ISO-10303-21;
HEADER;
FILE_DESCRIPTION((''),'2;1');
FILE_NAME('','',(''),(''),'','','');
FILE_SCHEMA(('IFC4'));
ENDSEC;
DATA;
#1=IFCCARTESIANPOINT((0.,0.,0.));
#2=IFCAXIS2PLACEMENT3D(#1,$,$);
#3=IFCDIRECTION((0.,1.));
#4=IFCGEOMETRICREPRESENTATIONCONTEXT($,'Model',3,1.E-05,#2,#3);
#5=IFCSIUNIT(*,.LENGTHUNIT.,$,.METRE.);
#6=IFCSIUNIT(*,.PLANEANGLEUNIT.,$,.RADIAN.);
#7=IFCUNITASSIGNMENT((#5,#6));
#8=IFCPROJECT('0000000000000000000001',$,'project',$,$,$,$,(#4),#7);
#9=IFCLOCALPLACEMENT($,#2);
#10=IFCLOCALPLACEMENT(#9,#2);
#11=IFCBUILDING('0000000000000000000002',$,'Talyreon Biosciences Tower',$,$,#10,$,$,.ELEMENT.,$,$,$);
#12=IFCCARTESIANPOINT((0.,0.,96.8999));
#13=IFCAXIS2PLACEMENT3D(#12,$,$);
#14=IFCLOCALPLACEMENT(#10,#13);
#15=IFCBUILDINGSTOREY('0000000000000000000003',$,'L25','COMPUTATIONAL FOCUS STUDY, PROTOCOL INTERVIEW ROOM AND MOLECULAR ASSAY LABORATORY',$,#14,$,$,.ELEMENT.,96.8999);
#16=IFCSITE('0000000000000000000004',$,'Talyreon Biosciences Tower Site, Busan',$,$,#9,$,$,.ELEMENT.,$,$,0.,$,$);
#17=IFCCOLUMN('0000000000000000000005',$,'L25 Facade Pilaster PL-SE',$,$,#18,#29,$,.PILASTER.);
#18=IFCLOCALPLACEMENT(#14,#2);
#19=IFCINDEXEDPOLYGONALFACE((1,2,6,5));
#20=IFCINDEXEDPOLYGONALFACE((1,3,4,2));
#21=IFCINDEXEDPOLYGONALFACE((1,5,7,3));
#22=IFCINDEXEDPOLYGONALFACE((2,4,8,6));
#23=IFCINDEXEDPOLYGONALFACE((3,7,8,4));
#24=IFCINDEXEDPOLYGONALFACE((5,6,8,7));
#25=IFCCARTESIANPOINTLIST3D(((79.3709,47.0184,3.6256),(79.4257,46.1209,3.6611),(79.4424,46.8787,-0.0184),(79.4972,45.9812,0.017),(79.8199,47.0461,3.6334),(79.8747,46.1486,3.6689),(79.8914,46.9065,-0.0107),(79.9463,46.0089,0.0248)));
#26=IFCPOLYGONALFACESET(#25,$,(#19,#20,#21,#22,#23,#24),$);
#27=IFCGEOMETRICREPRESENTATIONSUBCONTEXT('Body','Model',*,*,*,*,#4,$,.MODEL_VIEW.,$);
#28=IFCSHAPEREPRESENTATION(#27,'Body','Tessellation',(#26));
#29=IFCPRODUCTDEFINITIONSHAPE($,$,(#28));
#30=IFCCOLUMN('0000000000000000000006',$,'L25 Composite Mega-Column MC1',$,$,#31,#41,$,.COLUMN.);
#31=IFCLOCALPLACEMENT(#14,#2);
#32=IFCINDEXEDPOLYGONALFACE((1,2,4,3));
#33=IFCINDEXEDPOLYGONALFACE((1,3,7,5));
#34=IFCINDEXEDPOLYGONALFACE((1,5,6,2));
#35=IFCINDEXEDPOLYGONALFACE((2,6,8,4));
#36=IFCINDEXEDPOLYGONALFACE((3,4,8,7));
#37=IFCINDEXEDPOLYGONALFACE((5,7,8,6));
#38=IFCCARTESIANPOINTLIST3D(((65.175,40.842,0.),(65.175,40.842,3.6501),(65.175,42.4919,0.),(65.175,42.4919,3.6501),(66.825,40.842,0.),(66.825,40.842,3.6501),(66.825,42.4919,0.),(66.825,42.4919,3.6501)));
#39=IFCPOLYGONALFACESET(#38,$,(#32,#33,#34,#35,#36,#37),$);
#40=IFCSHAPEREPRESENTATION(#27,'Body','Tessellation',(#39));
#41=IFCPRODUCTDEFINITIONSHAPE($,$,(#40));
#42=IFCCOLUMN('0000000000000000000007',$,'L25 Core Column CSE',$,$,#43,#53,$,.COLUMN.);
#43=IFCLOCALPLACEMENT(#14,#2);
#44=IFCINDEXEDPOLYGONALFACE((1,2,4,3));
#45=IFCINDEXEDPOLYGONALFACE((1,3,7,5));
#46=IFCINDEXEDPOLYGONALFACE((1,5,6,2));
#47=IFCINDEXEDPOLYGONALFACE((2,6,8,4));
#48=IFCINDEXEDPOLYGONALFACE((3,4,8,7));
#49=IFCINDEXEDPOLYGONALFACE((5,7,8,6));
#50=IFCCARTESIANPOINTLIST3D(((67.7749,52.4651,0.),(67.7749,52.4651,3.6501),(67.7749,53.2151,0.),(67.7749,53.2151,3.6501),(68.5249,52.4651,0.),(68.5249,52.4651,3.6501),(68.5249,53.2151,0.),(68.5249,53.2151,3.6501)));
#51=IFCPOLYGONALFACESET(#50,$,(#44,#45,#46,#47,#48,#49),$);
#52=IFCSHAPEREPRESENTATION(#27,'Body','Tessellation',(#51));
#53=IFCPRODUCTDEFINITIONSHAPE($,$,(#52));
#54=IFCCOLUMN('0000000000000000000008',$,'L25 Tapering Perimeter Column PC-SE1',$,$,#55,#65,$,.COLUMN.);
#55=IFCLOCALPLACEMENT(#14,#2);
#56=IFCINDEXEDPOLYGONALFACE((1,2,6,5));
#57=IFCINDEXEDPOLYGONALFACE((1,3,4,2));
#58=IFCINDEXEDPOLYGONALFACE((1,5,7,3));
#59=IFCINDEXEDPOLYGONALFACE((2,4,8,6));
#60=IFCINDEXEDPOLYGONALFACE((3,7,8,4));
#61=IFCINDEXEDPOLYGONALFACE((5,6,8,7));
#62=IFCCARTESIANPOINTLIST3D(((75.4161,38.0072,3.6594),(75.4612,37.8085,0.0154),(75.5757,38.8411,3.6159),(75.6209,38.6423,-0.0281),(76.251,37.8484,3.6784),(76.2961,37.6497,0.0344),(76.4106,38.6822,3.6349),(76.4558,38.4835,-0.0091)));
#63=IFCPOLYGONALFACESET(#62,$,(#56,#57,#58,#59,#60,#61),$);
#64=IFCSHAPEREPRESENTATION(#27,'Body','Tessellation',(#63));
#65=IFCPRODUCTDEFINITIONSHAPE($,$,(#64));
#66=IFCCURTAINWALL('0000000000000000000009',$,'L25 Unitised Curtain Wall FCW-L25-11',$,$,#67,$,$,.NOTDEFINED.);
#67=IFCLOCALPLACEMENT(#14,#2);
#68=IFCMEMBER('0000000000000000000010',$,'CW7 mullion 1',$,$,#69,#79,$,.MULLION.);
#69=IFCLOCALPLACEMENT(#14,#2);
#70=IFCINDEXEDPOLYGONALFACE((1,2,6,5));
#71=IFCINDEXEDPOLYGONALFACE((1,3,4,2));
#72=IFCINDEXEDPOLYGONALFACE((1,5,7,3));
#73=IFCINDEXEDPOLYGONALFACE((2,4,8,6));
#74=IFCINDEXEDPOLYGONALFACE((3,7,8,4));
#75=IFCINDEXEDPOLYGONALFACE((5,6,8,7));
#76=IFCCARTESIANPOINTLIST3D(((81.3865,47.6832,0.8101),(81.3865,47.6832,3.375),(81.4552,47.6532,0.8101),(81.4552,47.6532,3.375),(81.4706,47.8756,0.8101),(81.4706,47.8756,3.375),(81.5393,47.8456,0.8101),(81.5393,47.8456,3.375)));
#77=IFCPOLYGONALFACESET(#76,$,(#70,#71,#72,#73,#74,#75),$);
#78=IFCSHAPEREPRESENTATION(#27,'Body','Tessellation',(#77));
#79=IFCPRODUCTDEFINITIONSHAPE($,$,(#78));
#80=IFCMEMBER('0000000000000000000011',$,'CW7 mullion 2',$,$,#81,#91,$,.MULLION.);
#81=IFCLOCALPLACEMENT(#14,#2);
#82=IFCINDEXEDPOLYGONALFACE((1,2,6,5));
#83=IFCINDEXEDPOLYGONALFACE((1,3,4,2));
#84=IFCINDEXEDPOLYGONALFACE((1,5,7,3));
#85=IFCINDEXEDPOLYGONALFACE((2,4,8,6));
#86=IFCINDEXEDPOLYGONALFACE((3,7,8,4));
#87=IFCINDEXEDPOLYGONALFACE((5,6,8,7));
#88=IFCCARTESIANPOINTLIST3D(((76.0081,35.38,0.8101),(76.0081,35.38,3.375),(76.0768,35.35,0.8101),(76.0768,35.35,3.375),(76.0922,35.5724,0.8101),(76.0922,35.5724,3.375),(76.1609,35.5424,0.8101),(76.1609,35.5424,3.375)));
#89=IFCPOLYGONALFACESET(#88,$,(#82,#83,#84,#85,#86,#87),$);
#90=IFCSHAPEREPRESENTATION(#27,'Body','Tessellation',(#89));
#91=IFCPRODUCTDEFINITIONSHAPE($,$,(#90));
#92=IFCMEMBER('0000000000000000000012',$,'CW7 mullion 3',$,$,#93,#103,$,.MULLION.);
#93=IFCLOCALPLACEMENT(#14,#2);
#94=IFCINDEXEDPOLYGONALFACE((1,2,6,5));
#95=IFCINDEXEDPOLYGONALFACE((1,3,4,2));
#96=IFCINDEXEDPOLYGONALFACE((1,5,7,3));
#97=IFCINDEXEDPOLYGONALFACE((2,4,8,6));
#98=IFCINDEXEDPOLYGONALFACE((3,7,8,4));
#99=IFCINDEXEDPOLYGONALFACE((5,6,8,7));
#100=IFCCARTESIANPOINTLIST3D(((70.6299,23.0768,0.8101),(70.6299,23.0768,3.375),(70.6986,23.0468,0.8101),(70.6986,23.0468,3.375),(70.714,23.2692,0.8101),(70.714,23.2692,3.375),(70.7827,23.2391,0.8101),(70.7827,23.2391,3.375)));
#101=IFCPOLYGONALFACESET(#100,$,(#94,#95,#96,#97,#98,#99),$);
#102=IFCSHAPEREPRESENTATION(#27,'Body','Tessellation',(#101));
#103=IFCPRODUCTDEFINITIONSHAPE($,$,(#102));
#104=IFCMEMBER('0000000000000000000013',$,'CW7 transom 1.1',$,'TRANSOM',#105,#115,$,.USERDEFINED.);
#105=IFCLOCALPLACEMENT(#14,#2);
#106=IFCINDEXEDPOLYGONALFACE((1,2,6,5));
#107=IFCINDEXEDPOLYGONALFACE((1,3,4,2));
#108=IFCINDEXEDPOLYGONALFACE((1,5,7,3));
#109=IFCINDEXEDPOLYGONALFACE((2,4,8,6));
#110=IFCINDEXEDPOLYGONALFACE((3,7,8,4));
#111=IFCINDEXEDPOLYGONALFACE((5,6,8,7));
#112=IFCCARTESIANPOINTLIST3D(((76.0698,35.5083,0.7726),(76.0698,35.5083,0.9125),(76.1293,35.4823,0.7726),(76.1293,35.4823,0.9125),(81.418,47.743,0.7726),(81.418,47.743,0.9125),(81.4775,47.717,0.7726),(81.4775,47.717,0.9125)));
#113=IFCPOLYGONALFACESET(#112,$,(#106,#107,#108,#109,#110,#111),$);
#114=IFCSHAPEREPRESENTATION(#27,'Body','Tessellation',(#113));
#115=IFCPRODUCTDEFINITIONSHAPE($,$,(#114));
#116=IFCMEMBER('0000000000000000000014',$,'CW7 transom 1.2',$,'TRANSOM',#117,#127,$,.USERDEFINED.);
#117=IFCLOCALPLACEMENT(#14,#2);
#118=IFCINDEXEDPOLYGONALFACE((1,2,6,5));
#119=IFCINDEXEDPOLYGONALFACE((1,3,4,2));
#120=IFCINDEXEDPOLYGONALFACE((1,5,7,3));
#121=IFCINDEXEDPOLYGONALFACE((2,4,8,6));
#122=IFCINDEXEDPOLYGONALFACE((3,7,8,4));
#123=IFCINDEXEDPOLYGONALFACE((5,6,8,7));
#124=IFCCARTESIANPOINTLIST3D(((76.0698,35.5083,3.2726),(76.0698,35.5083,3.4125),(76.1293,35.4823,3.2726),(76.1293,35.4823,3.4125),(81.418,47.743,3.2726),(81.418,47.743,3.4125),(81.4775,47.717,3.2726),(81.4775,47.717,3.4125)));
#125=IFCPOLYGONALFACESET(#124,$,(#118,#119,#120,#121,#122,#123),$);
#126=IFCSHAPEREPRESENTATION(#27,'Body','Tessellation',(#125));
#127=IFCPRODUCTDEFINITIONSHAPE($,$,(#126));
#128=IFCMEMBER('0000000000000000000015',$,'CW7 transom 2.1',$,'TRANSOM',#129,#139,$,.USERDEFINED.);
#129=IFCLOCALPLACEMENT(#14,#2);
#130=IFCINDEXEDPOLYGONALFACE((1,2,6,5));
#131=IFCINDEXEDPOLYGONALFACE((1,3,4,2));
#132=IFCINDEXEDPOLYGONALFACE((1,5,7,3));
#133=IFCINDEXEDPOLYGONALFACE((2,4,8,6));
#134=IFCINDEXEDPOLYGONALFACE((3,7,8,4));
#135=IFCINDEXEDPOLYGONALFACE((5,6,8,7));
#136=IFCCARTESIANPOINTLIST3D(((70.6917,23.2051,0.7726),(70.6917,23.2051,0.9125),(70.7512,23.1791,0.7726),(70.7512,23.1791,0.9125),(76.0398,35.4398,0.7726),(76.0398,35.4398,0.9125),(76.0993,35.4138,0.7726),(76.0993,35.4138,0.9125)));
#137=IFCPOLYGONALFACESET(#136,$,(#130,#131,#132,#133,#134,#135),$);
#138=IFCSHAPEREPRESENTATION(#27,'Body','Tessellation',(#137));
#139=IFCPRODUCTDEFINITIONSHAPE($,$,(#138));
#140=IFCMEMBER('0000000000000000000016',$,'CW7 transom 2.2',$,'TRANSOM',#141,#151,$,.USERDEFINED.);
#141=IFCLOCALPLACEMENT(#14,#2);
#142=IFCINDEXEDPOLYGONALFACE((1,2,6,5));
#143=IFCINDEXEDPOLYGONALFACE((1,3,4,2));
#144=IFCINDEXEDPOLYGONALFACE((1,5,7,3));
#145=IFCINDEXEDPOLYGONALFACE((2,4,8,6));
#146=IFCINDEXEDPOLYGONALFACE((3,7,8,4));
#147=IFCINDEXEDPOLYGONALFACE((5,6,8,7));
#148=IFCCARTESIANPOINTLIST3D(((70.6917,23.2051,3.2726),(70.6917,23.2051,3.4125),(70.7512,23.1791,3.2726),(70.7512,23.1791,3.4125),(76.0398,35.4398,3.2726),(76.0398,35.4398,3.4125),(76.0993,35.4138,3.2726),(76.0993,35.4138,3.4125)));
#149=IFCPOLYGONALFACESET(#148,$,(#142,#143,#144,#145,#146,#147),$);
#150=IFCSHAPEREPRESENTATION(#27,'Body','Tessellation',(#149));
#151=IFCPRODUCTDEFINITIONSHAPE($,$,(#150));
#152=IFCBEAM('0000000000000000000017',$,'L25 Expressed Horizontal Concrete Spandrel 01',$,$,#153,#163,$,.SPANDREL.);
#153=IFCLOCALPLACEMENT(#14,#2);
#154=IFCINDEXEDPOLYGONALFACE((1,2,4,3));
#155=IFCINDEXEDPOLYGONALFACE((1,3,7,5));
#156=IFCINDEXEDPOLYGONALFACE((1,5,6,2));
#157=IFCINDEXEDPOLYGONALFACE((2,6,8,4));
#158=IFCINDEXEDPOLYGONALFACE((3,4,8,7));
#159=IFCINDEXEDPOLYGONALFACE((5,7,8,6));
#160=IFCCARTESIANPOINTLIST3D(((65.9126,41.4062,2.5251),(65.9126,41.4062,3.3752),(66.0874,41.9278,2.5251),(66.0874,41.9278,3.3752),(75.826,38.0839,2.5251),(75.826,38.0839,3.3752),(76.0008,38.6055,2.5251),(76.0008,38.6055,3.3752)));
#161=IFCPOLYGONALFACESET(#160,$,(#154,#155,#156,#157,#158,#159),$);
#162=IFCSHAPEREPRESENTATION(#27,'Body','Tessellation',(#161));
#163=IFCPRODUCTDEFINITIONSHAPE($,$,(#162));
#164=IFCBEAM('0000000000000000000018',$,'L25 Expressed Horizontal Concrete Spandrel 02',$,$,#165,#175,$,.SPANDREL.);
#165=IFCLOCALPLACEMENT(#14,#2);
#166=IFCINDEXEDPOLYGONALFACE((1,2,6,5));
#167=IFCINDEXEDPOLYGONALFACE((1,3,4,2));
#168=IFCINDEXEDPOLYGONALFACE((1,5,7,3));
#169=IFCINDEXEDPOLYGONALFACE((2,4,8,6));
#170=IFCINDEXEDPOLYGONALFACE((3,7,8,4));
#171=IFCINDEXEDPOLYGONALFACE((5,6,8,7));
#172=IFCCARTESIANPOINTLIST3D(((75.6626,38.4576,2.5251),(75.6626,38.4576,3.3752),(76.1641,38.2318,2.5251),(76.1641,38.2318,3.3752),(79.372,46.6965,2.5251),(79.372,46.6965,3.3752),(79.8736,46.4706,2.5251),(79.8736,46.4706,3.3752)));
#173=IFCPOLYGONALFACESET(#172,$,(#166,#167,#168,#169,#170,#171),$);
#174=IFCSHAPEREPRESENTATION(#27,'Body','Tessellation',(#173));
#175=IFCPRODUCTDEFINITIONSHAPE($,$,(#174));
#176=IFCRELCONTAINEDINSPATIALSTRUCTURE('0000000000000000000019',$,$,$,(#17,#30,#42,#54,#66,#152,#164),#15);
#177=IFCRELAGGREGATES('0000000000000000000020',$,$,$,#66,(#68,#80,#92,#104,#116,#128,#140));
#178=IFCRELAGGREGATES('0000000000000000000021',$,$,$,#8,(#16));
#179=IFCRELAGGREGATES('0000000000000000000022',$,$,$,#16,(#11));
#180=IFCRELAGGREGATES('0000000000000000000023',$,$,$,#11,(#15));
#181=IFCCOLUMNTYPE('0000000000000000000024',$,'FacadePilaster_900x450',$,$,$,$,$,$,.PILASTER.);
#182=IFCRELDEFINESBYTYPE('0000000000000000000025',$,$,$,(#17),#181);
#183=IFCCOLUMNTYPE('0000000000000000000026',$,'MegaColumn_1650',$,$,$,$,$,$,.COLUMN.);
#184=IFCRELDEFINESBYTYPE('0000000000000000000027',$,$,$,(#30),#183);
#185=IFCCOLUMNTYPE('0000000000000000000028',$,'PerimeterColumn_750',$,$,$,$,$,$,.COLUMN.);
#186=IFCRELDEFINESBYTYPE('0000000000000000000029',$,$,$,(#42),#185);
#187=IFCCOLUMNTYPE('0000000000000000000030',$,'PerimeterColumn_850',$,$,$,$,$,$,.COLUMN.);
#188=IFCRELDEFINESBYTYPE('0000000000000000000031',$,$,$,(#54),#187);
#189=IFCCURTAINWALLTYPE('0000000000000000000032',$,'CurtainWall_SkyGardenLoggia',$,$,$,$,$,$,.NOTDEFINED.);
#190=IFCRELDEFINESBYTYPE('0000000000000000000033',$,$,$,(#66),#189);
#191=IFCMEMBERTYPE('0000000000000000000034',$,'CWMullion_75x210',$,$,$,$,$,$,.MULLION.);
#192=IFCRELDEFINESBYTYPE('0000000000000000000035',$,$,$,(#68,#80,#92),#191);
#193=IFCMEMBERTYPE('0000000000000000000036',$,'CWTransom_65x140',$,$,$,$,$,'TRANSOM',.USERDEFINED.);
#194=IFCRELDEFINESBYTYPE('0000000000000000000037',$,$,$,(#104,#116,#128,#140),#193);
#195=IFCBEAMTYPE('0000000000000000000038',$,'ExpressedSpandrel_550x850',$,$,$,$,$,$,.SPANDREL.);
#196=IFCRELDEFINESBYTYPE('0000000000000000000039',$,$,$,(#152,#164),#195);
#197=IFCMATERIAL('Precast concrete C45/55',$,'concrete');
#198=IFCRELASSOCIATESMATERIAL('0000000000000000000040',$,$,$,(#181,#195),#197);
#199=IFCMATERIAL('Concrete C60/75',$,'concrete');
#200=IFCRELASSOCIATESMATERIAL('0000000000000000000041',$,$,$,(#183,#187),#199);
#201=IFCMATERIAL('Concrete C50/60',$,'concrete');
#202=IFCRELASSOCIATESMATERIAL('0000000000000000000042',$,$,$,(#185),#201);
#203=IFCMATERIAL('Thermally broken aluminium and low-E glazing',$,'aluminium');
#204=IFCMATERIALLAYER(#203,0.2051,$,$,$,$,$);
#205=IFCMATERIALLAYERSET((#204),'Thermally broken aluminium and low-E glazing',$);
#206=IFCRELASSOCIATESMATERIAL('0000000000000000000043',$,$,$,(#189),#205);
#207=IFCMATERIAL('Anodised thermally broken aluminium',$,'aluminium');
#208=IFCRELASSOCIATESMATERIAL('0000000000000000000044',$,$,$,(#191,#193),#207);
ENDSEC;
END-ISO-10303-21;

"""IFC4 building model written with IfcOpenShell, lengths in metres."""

from ifc_helpers import new_model, si_unit, direction, frame, origin, origin_2d, place, context, subcontext, project, spatial, rectangle, extrude, material, layer, layer_set, material_profile, profile_set, type_object, element, aggregate, save


model = new_model("IFC4")

# Units and contexts
model_context = context("Model", 3, precision=1e-05, world=origin(), true_north=direction((0.0, 1.0)))
body_context = subcontext(model_context, "Body", "Model", "MODEL_VIEW")
ifc_project = project(units=[si_unit("LENGTHUNIT", "METRE"), si_unit("PLANEANGLEUNIT", "RADIAN")], contexts=[model_context])

# Site, building, storey
site_placement = place(None, origin())
site = spatial("IfcSite", under=ifc_project, at=site_placement, Name="Talyreon Biosciences Tower Site, Busan", CompositionType="ELEMENT", RefElevation=0.0)
building_placement = place(site_placement, origin())
building = spatial("IfcBuilding", under=site, at=building_placement, Name="Talyreon Biosciences Tower", CompositionType="ELEMENT")
storey_placement = place(building_placement, frame((0.0, 0.0, 96.8999)))
storey = spatial("IfcBuildingStorey", under=building, at=storey_placement, Name="L25", Description="COMPUTATIONAL FOCUS STUDY, PROTOCOL INTERVIEW ROOM AND MOLECULAR ASSAY LABORATORY", CompositionType="ELEMENT", Elevation=96.8999)

# Columns
ifc_material_1 = material(Name="Precast concrete C45/55", Category="concrete")
ifc_material_profile_1 = material_profile(ifc_material_1, rectangle(XDim=0.8999, YDim=0.45, at=origin_2d()), Name="RC 900x450")
ifc_profile_set_1 = profile_set([ifc_material_profile_1], Name="Precast concrete C45/55")
column_type_1 = type_object("IfcColumnType", Name="FacadePilaster_900x450", PredefinedType="PILASTER", material=ifc_profile_set_1)
column_1_placement = place(storey_placement, frame((79.6943, 46.4438, 0.0032), z_axis=(-0.019612, 0.038287, 0.999074), x_axis=(0.06091, -0.997365, 0.039417)))
element("IfcColumn", 1, at=column_1_placement, inside=storey, type_object=column_type_1, Name="L25 Facade Pilaster PL-SE", PredefinedType="PILASTER", context=body_context, shape_type="SweptSolid", body=[
    extrude(rectangle(XDim=0.8999, YDim=0.45, at=origin_2d()), origin(), (0.0, 0.0, 1.0), 3.6475),
])
ifc_material_2 = material(Name="Concrete C60/75", Category="concrete")
ifc_material_profile_2 = material_profile(ifc_material_2, rectangle(XDim=1.6499, YDim=1.6499, at=origin_2d()), Name="RC 1650x1650")
ifc_profile_set_2 = profile_set([ifc_material_profile_2], Name="Concrete C60/75")
column_type_2 = type_object("IfcColumnType", Name="MegaColumn_1650", PredefinedType="COLUMN", material=ifc_profile_set_2)
column_2_placement = place(storey_placement, frame((66.0, 41.667, 0.0), z_axis=(0.0, 0.0, 1.0), x_axis=(1.0, 0.0, 0.0)))
element("IfcColumn", 2, at=column_2_placement, inside=storey, type_object=column_type_2, Name="L25 Composite Mega-Column MC1", PredefinedType="COLUMN", context=body_context, shape_type="SweptSolid", body=[
    extrude(rectangle(XDim=1.6499, YDim=1.6499, at=origin_2d()), origin(), (0.0, 0.0, 1.0), 3.6501),
])
ifc_material_3 = material(Name="Concrete C50/60", Category="concrete")
ifc_material_profile_3 = material_profile(ifc_material_3, rectangle(XDim=0.75, YDim=0.75, at=origin_2d()), Name="RC 750x750")
ifc_profile_set_3 = profile_set([ifc_material_profile_3], Name="Concrete C50/60")
column_type_3 = type_object("IfcColumnType", Name="PerimeterColumn_750", PredefinedType="COLUMN", material=ifc_profile_set_3)
column_3_placement = place(storey_placement, frame((68.1499, 52.8401, 0.0), z_axis=(0.0, 0.0, 1.0), x_axis=(1.0, 0.0, 0.0)))
element("IfcColumn", 3, at=column_3_placement, inside=storey, type_object=column_type_3, Name="L25 Core Column CSE", PredefinedType="COLUMN", context=body_context, shape_type="SweptSolid", body=[
    extrude(rectangle(XDim=0.75, YDim=0.75, at=origin_2d()), origin(), (0.0, 0.0, 1.0), 3.6501),
])
ifc_material_profile_4 = material_profile(ifc_material_2, rectangle(XDim=0.8501, YDim=0.8501, at=origin_2d()), Name="RC 850x850")
ifc_profile_set_4 = profile_set([ifc_material_profile_4], Name="Concrete C60/75")
column_type_4 = type_object("IfcColumnType", Name="PerimeterColumn_850", PredefinedType="COLUMN", material=ifc_profile_set_4)
column_4_placement = place(storey_placement, frame((75.9585, 38.146, 0.0032), z_axis=(-0.012375, 0.054451, 0.99844), x_axis=(-0.187779, -0.980878, 0.051165)))
element("IfcColumn", 4, at=column_4_placement, inside=storey, type_object=column_type_4, Name="L25 Tapering Perimeter Column PC-SE1", PredefinedType="COLUMN", context=body_context, shape_type="SweptSolid", body=[
    extrude(rectangle(XDim=0.8501, YDim=0.8501, at=origin_2d()), origin(), (0.0, 0.0, 1.0), 3.6497),
])

# Curtain wall, members
ifc_material_4 = material(Name="Thermally broken aluminium and low-E glazing", Category="aluminium")
ifc_layer_1 = layer(ifc_material_4, 0.2051)
ifc_layer_set_1 = layer_set([ifc_layer_1], Name="Thermally broken aluminium and low-E glazing")
curtain_wall_type = type_object("IfcCurtainWallType", Name="CurtainWall_SkyGardenLoggia", PredefinedType="NOTDEFINED", material=ifc_layer_set_1)
curtain_wall_placement = place(storey_placement, origin())
curtain_wall = element("IfcCurtainWall", 5, at=curtain_wall_placement, inside=storey, type_object=curtain_wall_type, Name="L25 Unitised Curtain Wall FCW-L25-11", PredefinedType="NOTDEFINED")
ifc_material_5 = material(Name="Anodised thermally broken aluminium", Category="aluminium")
ifc_material_profile_5 = material_profile(ifc_material_5, rectangle(XDim=0.075, YDim=0.21, at=origin_2d()), Name="ALUM MULLION 75x210")
ifc_profile_set_5 = profile_set([ifc_material_profile_5], Name="Anodised thermally broken aluminium")
member_type_1 = type_object("IfcMemberType", Name="CWMullion_75x210", PredefinedType="MULLION", material=ifc_profile_set_5)
member_1_placement = place(storey_placement, frame((81.4629, 47.7644, 0.8101), z_axis=(0.0, 0.0, 1.0), x_axis=(0.916279, -0.400541, 0.0)))
member_1 = element("IfcMember", 6, at=member_1_placement, type_object=member_type_1, Name="CW7 mullion 1", PredefinedType="MULLION", context=body_context, shape_type="SweptSolid", body=[
    extrude(rectangle(XDim=0.075, YDim=0.21, at=origin_2d()), origin(), (0.0, 0.0, 1.0), 2.5649),
])
member_2_placement = place(storey_placement, frame((76.0845, 35.4612, 0.8101), z_axis=(0.0, 0.0, 1.0), x_axis=(0.916279, -0.400541, 0.0)))
member_2 = element("IfcMember", 7, at=member_2_placement, type_object=member_type_1, Name="CW7 mullion 2", PredefinedType="MULLION", context=body_context, shape_type="SweptSolid", body=[
    extrude(rectangle(XDim=0.075, YDim=0.21, at=origin_2d()), origin(), (0.0, 0.0, 1.0), 2.5649),
])
member_3_placement = place(storey_placement, frame((70.7063, 23.158, 0.8101), z_axis=(0.0, 0.0, 1.0), x_axis=(0.916279, -0.400541, 0.0)))
member_3 = element("IfcMember", 8, at=member_3_placement, type_object=member_type_1, Name="CW7 mullion 3", PredefinedType="MULLION", context=body_context, shape_type="SweptSolid", body=[
    extrude(rectangle(XDim=0.075, YDim=0.21, at=origin_2d()), origin(), (0.0, 0.0, 1.0), 2.5649),
])
ifc_material_profile_6 = material_profile(ifc_material_5, rectangle(XDim=0.0649, YDim=0.1399, at=origin_2d()), Name="ALUM TRANSOM 65x140")
ifc_profile_set_6 = profile_set([ifc_material_profile_6], Name="Anodised thermally broken aluminium")
member_type_2 = type_object("IfcMemberType", Name="CWTransom_65x140", ElementType="TRANSOM", PredefinedType="USERDEFINED", material=ifc_profile_set_6)
member_4_placement = place(storey_placement, frame((81.4478, 47.73, 0.8425), z_axis=(-0.400536, -0.916281, 0.0), x_axis=(0.916281, -0.400536, 0.0)))
member_4 = element("IfcMember", 9, at=member_4_placement, type_object=member_type_2, Name="CW7 transom 1.1", ObjectType="TRANSOM", PredefinedType="USERDEFINED", context=body_context, shape_type="SweptSolid", body=[
    extrude(rectangle(XDim=0.0649, YDim=0.1399, at=origin_2d()), origin(), (0.0, 0.0, 1.0), 13.3525),
])
member_5_placement = place(storey_placement, frame((81.4478, 47.73, 3.3425), z_axis=(-0.400536, -0.916281, 0.0), x_axis=(0.916281, -0.400536, 0.0)))
member_5 = element("IfcMember", 10, at=member_5_placement, type_object=member_type_2, Name="CW7 transom 1.2", ObjectType="TRANSOM", PredefinedType="USERDEFINED", context=body_context, shape_type="SweptSolid", body=[
    extrude(rectangle(XDim=0.0649, YDim=0.1399, at=origin_2d()), origin(), (0.0, 0.0, 1.0), 13.3525),
])
member_6_placement = place(storey_placement, frame((76.0696, 35.4268, 0.8425), z_axis=(-0.400536, -0.916281, 0.0), x_axis=(0.916281, -0.400536, 0.0)))
member_6 = element("IfcMember", 11, at=member_6_placement, type_object=member_type_2, Name="CW7 transom 2.1", ObjectType="TRANSOM", PredefinedType="USERDEFINED", context=body_context, shape_type="SweptSolid", body=[
    extrude(rectangle(XDim=0.0649, YDim=0.1399, at=origin_2d()), origin(), (0.0, 0.0, 1.0), 13.3525),
])
member_7_placement = place(storey_placement, frame((76.0696, 35.4268, 3.3425), z_axis=(-0.400536, -0.916281, 0.0), x_axis=(0.916281, -0.400536, 0.0)))
member_7 = element("IfcMember", 12, at=member_7_placement, type_object=member_type_2, Name="CW7 transom 2.2", ObjectType="TRANSOM", PredefinedType="USERDEFINED", context=body_context, shape_type="SweptSolid", body=[
    extrude(rectangle(XDim=0.0649, YDim=0.1399, at=origin_2d()), origin(), (0.0, 0.0, 1.0), 13.3525),
])

# Beams
ifc_material_profile_7 = material_profile(ifc_material_1, rectangle(XDim=0.55, YDim=0.8501, at=origin_2d()), Name="RCB 550x850")
ifc_profile_set_7 = profile_set([ifc_material_profile_7], Name="Precast concrete C45/55")
beam_type_1 = type_object("IfcBeamType", Name="ExpressedSpandrel_550x850", PredefinedType="SPANDREL", material=ifc_profile_set_7)
beam_1_placement = place(storey_placement, frame((66.0, 41.667, 2.9502), z_axis=(0.948171, -0.317762, 0.0), x_axis=(0.317762, 0.948171, 0.0)))
element("IfcBeam", 13, at=beam_1_placement, inside=storey, type_object=beam_type_1, Name="L25 Expressed Horizontal Concrete Spandrel 01", PredefinedType="SPANDREL", context=body_context, shape_type="SweptSolid", body=[
    extrude(rectangle(XDim=0.55, YDim=0.8501, at=origin_2d()), origin(), (0.0, 0.0, 1.0), 10.4553),
])
beam_2_placement = place(storey_placement, frame((75.9133, 38.3447, 2.9502), z_axis=(0.410551, 0.911838, 0.0), x_axis=(-0.911838, 0.410551, 0.0)))
element("IfcBeam", 14, at=beam_2_placement, inside=storey, type_object=beam_type_1, Name="L25 Expressed Horizontal Concrete Spandrel 02", PredefinedType="SPANDREL", context=body_context, shape_type="SweptSolid", body=[
    extrude(rectangle(XDim=0.55, YDim=0.8501, at=origin_2d()), origin(), (0.0, 0.0, 1.0), 9.0354),
])

aggregate(curtain_wall, [member_1, member_2, member_3, member_4, member_5, member_6, member_7])

save(model, "model.ifc")
